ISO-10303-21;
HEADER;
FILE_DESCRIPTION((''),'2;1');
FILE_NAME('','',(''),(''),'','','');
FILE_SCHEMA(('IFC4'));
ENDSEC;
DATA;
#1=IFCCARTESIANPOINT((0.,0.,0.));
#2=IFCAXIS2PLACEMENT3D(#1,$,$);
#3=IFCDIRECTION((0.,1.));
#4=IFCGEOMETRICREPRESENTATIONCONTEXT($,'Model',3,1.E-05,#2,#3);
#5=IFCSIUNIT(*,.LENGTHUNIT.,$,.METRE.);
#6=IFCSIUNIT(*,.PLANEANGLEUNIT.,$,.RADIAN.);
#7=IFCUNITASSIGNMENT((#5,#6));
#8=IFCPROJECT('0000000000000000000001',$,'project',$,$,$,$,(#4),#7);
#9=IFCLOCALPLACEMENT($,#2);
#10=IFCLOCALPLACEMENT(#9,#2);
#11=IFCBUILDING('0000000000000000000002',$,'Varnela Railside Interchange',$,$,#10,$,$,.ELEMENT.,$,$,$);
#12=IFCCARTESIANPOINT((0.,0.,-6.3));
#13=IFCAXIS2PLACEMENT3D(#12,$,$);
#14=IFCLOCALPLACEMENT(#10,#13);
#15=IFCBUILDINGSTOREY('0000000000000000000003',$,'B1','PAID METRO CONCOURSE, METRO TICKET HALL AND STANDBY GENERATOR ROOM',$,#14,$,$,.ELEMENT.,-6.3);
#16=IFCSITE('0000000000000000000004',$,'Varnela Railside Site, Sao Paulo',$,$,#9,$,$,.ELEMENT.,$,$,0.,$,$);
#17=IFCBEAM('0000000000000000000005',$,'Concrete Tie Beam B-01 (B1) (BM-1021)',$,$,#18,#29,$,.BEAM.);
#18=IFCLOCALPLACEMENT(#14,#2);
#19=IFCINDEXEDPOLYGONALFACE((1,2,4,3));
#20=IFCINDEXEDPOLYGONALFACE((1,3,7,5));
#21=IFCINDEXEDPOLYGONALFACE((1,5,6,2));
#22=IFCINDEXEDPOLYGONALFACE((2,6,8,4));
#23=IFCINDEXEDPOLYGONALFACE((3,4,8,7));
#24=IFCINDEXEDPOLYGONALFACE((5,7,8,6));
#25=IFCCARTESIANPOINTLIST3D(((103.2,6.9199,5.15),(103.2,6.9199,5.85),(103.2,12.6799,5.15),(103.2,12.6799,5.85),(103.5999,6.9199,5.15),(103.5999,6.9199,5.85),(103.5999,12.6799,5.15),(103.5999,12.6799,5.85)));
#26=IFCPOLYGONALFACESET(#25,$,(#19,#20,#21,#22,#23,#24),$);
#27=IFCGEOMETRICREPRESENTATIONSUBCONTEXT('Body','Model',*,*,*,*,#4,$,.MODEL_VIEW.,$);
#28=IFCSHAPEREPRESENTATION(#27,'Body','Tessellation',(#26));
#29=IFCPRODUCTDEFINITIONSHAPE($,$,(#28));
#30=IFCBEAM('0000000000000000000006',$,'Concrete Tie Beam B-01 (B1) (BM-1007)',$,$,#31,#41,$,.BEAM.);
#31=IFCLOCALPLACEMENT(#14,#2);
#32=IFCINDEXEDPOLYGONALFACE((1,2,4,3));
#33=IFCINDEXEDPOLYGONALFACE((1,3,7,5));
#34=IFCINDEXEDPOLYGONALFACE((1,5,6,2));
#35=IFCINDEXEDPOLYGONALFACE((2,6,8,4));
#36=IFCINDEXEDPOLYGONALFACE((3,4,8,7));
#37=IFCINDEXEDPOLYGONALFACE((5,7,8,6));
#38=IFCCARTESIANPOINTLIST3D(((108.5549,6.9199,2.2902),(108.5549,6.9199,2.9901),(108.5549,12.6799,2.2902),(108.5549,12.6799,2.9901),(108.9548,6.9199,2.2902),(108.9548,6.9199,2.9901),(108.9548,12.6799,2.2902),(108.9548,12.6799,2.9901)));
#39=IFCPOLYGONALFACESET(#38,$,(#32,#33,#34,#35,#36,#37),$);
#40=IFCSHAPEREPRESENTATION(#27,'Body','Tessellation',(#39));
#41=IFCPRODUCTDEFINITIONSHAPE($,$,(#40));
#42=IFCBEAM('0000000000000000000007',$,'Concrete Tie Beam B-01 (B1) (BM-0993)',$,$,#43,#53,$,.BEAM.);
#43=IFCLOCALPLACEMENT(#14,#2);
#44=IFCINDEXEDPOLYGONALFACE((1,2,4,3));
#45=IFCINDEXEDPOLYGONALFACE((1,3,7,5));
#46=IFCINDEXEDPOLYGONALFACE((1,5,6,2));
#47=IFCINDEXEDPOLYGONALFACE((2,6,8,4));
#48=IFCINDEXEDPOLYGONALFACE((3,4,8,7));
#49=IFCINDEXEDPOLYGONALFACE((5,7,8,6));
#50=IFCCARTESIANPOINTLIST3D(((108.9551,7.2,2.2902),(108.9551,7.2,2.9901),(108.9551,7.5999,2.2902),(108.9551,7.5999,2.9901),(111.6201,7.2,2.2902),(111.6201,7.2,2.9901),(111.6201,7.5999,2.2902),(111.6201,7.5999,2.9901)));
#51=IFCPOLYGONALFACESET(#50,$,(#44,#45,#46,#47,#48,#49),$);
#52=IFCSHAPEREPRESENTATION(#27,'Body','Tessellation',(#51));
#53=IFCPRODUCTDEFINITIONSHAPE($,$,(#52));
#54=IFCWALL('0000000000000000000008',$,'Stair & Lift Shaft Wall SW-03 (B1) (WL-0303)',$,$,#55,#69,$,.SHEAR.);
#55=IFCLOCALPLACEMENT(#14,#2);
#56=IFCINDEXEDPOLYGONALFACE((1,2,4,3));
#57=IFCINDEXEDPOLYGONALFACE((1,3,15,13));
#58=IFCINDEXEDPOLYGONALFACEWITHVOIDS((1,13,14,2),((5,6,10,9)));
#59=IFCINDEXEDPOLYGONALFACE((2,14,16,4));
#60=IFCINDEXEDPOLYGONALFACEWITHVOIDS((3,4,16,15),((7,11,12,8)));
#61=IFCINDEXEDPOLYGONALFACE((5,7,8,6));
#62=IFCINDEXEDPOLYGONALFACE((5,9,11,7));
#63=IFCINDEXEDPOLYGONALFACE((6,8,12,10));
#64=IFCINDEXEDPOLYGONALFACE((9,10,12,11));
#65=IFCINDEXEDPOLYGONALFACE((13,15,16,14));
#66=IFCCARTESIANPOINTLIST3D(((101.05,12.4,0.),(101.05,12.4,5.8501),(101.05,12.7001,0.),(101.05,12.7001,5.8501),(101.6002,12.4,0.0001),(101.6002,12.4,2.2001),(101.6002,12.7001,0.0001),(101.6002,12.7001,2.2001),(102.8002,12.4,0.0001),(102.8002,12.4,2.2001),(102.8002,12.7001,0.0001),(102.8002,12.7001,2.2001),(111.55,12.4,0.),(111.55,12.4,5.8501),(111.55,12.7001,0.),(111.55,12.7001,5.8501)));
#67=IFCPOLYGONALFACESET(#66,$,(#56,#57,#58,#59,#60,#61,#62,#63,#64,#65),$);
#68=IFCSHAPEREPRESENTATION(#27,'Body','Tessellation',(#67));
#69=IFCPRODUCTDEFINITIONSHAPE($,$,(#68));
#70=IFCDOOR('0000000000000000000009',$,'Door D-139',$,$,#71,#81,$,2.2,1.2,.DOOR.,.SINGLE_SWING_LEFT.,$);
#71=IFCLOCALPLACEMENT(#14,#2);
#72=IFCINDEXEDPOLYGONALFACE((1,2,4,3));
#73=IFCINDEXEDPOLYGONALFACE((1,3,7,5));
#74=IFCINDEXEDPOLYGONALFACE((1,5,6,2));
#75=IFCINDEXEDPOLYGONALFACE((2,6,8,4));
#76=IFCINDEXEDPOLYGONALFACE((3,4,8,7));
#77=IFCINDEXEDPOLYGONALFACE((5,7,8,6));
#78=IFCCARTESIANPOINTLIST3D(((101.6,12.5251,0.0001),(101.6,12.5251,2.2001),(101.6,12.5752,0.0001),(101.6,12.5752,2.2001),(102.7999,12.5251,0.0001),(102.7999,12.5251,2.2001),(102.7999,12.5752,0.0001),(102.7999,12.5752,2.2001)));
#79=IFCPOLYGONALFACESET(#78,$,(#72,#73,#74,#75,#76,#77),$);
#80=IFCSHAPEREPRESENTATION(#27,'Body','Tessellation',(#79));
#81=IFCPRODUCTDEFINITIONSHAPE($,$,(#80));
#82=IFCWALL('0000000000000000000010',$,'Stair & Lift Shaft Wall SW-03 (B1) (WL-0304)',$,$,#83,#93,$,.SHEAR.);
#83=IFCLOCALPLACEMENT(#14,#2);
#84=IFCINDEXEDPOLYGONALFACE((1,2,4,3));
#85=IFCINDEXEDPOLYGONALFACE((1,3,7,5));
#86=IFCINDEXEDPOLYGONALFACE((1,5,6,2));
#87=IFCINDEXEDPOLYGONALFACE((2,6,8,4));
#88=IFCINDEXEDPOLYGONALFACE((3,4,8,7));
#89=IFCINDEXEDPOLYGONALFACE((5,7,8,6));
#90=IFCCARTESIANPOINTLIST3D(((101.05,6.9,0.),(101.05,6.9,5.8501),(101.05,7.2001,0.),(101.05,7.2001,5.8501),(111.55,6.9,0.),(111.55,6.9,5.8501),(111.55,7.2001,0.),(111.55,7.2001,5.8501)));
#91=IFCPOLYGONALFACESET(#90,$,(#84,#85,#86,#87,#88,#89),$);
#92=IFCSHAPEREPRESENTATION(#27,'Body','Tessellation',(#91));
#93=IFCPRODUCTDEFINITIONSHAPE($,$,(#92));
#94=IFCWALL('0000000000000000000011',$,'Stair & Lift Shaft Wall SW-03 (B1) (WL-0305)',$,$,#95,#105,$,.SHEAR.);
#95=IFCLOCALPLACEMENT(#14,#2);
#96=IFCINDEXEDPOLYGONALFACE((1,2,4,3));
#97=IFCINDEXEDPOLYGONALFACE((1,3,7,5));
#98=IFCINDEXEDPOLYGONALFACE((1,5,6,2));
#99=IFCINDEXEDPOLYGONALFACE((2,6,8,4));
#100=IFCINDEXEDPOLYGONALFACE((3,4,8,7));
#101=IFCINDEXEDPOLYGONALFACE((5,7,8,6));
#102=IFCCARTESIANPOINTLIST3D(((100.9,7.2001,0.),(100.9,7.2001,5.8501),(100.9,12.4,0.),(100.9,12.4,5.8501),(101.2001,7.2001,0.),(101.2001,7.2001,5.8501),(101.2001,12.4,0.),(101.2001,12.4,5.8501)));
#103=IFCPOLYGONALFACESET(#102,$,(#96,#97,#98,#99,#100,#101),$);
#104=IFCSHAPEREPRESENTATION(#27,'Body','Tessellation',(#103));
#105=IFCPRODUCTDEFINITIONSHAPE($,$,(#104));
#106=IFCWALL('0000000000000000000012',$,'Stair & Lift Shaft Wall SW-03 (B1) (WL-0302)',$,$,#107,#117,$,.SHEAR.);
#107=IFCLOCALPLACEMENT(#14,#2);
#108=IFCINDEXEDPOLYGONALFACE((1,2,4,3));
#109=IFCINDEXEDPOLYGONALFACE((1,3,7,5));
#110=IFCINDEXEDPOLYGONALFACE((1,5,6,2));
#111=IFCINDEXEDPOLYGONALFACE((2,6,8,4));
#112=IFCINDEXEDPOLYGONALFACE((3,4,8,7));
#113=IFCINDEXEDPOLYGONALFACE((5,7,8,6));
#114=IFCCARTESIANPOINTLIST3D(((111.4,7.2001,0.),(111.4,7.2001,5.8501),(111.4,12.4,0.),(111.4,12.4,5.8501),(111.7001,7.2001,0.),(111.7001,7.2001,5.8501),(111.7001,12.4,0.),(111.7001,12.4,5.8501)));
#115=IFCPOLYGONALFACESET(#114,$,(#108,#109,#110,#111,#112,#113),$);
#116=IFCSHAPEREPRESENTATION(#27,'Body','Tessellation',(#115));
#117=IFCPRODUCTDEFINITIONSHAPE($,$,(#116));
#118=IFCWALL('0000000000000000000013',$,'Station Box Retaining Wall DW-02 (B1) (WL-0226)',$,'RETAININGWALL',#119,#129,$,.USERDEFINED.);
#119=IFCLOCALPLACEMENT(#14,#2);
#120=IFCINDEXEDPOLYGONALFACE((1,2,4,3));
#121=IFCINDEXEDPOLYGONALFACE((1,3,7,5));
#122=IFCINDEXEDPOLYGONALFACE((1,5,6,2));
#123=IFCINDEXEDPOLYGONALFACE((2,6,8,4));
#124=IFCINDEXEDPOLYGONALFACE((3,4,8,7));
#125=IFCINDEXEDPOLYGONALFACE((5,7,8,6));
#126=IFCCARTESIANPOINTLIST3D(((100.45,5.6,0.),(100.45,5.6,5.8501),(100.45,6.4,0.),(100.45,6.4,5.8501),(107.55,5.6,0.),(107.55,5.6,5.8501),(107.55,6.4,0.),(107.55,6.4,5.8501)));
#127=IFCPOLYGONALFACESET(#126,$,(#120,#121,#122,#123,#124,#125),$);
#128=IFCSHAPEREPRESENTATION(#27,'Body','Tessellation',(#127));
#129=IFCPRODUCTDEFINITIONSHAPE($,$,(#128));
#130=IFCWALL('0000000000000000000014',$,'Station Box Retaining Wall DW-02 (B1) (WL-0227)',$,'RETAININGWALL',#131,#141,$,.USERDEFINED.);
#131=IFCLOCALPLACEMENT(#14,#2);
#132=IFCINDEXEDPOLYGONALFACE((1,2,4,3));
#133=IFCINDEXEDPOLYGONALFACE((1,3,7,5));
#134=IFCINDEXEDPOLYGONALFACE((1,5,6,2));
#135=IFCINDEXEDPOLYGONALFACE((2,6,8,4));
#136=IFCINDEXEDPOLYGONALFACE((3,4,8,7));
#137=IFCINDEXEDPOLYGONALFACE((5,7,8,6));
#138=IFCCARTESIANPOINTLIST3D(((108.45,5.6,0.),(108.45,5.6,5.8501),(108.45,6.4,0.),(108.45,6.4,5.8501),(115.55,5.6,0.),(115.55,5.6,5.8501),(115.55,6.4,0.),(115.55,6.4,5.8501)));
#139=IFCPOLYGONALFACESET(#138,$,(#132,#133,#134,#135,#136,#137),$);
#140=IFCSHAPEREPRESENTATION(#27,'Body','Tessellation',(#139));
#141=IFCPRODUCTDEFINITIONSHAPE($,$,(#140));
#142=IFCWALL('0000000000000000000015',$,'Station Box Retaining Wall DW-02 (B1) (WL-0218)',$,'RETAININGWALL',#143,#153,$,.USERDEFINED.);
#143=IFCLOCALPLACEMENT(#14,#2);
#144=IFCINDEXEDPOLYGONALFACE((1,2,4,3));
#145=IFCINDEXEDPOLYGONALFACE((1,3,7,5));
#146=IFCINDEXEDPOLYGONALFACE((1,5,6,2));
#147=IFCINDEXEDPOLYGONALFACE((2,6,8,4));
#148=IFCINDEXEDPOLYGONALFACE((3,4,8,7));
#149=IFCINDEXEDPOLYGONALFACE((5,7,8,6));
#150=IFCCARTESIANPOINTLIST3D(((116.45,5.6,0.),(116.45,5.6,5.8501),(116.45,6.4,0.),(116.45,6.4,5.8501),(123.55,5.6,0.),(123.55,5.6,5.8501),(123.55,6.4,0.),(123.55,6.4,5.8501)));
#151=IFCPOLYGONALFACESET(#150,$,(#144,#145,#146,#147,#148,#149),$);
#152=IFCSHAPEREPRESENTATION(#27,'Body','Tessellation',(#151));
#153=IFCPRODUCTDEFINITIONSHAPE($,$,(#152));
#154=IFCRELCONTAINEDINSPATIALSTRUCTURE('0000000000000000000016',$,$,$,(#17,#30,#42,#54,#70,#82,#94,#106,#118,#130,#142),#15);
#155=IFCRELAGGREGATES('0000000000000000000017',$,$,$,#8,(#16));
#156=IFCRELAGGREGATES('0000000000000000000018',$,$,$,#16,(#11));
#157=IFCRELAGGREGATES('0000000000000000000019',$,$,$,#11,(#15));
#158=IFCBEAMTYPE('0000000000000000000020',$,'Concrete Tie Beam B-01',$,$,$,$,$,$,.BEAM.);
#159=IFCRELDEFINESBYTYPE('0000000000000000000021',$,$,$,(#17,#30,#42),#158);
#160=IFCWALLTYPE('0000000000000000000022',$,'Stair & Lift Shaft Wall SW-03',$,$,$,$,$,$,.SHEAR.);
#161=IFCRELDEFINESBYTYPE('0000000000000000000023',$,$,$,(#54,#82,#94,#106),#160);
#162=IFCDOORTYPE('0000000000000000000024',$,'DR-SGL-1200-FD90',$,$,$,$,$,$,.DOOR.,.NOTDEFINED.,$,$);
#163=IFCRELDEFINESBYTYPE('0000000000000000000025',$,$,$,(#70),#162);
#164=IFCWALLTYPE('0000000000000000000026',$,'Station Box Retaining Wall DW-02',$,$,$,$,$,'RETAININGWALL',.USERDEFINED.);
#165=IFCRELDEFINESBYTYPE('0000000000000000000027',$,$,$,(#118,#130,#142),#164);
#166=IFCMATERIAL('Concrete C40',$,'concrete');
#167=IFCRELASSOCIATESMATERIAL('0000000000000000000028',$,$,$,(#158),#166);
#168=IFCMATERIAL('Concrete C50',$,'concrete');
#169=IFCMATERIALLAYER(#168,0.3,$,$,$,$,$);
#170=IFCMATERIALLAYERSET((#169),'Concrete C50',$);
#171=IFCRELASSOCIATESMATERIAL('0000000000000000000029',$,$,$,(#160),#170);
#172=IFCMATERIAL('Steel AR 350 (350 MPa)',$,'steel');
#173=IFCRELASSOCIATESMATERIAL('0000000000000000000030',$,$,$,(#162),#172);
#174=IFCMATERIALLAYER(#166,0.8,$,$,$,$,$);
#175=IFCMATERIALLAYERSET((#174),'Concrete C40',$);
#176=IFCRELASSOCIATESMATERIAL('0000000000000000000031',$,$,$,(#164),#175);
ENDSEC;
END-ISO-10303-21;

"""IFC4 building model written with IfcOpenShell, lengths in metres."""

from ifc_helpers import new_model, si_unit, direction, frame, frame_2d, origin, origin_2d, place, context, subcontext, project, spatial, rectangle, extrude, material, layer, layer_set, material_profile, profile_set, type_object, element, fill, save


model = new_model("IFC4")

# Units and contexts
model_context = context("Model", 3, precision=1e-05, world=origin(), true_north=direction((0.0, 1.0)))
body_context = subcontext(model_context, "Body", "Model", "MODEL_VIEW")
ifc_project = project(units=[si_unit("LENGTHUNIT", "METRE"), si_unit("PLANEANGLEUNIT", "RADIAN")], contexts=[model_context])

# Site, building, storey
site_placement = place(None, origin())
site = spatial("IfcSite", under=ifc_project, at=site_placement, Name="Varnela Railside Site, Sao Paulo", CompositionType="ELEMENT", RefElevation=0.0)
building_placement = place(site_placement, origin())
building = spatial("IfcBuilding", under=site, at=building_placement, Name="Varnela Railside Interchange", CompositionType="ELEMENT")
storey_placement = place(building_placement, frame((0.0, 0.0, -6.3)))
storey = spatial("IfcBuildingStorey", under=building, at=storey_placement, Name="B1", Description="PAID METRO CONCOURSE, METRO TICKET HALL AND STANDBY GENERATOR ROOM", CompositionType="ELEMENT", Elevation=-6.3)

# Shared definitions
ifc_material_1 = material(Name="Concrete C50", Category="concrete")

# Beams
ifc_material_2 = material(Name="Concrete C40", Category="concrete")
ifc_material_profile_1 = material_profile(ifc_material_2, rectangle(XDim=0.3999, YDim=0.7, at=origin_2d()), Name="RC 400x700")
ifc_profile_set_1 = profile_set([ifc_material_profile_1], Name="Concrete C40")
beam_type_1 = type_object("IfcBeamType", Name="Concrete Tie Beam B-01", PredefinedType="BEAM", material=ifc_profile_set_1)
for number, where, z_axis, x_axis, name in (
    (1, (103.3999, 6.9199, 5.5), (0.0, 1.0, 0.0), (-1.0, 0.0, 0.0), "Concrete Tie Beam B-01 (B1) (BM-1021)"),
    (2, (108.7549, 6.9199, 2.6401), (0.0, 1.0, 0.0), (-1.0, 0.0, 0.0), "Concrete Tie Beam B-01 (B1) (BM-1007)"),
):
    element("IfcBeam", number, at=place(storey_placement, frame(where, z_axis=z_axis, x_axis=x_axis)), inside=storey, type_object=beam_type_1, Name=name, PredefinedType="BEAM", context=body_context, shape_type="SweptSolid", body=[
        extrude(rectangle(XDim=0.3999, YDim=0.7, at=origin_2d()), origin(), (0.0, 0.0, 1.0), 5.76),
    ])
beam_1_placement = place(storey_placement, frame((108.9551, 7.3999, 2.6401), z_axis=(1.0, 0.0, 0.0), x_axis=(0.0, 1.0, 0.0)))
element("IfcBeam", 3, at=beam_1_placement, inside=storey, type_object=beam_type_1, Name="Concrete Tie Beam B-01 (B1) (BM-0993)", PredefinedType="BEAM", context=body_context, shape_type="SweptSolid", body=[
    extrude(rectangle(XDim=0.3999, YDim=0.7, at=origin_2d()), origin(), (0.0, 0.0, 1.0), 2.665),
])

# Wall, opening, door
ifc_layer_1 = layer(ifc_material_1, 0.3)
ifc_layer_set_1 = layer_set([ifc_layer_1], Name="Concrete C50")
wall_type_1 = type_object("IfcWallType", Name="Stair & Lift Shaft Wall SW-03", PredefinedType="SHEAR", material=ifc_layer_set_1)
wall_1_placement = place(storey_placement, frame((101.05, 12.55, 0.0), z_axis=(0.0, 0.0, 1.0), x_axis=(1.0, 0.0, 0.0)))
wall_1 = element("IfcWall", 4, at=wall_1_placement, inside=storey, type_object=wall_type_1, Name="Stair & Lift Shaft Wall SW-03 (B1) (WL-0303)", PredefinedType="SHEAR", context=body_context, shape_type="SweptSolid", body=[
    extrude(rectangle(XDim=10.5, YDim=0.3, at=frame_2d((5.25, 0.0))), origin(), (0.0, 0.0, 1.0), 5.8501),
])
opening_placement = place(wall_1_placement, frame((0.55, 0.0, 0.0)))
opening = element("IfcOpeningElement", 5, at=opening_placement, cuts=wall_1, PredefinedType="OPENING", context=body_context, shape_type="SweptSolid", body=[
    extrude(rectangle(XDim=1.2, YDim=2.2, at=frame_2d((0.6001, 1.1001))), frame((0.0, 0.1599, 0.0), z_axis=(0.0, -1.0, 0.0), x_axis=(1.0, 0.0, 0.0)), (0.0, 0.0, 1.0), 0.3201),
])
ifc_material_3 = material(Name="Steel AR 350 (350 MPa)", Category="steel")
door_type = type_object("IfcDoorType", Name="DR-SGL-1200-FD90", OperationType="NOTDEFINED", PredefinedType="DOOR", material=ifc_material_3)
door_placement = place(opening_placement, frame((1.2, 0.0, 0.0), z_axis=(0.0, 0.0, 1.0), x_axis=(-1.0, 0.0, 0.0)))
door = element("IfcDoor", 6, at=door_placement, inside=storey, type_object=door_type, Name="Door D-139", OperationType="SINGLE_SWING_LEFT", OverallHeight=2.2, OverallWidth=1.2, PredefinedType="DOOR", context=body_context, shape_type="SweptSolid", body=[
    extrude(rectangle(XDim=1.2, YDim=2.2, at=frame_2d((0.6001, 1.1001))), frame((0.0, 0.0249, 0.0), z_axis=(0.0, -1.0, 0.0), x_axis=(1.0, 0.0, 0.0)), (0.0, 0.0, 1.0), 0.05),
])
fill(opening, door)

# Walls
wall_2_placement = place(storey_placement, frame((101.05, 7.05, 0.0), z_axis=(0.0, 0.0, 1.0), x_axis=(1.0, 0.0, 0.0)))
element("IfcWall", 7, at=wall_2_placement, inside=storey, type_object=wall_type_1, Name="Stair & Lift Shaft Wall SW-03 (B1) (WL-0304)", PredefinedType="SHEAR", context=body_context, shape_type="SweptSolid", body=[
    extrude(rectangle(XDim=10.5, YDim=0.3, at=frame_2d((5.25, 0.0))), origin(), (0.0, 0.0, 1.0), 5.8501),
])
for number, where, z_axis, x_axis, name in (
    (8, (101.05, 7.2, 0.0), (0.0, 0.0, 1.0), (0.0, 1.0, 0.0), "Stair & Lift Shaft Wall SW-03 (B1) (WL-0305)"),
    (9, (111.55, 7.2, 0.0), (0.0, 0.0, 1.0), (0.0, 1.0, 0.0), "Stair & Lift Shaft Wall SW-03 (B1) (WL-0302)"),
):
    element("IfcWall", number, at=place(storey_placement, frame(where, z_axis=z_axis, x_axis=x_axis)), inside=storey, type_object=wall_type_1, Name=name, PredefinedType="SHEAR", context=body_context, shape_type="SweptSolid", body=[
        extrude(rectangle(XDim=5.2, YDim=0.3, at=frame_2d((2.6001, 0.0))), origin(), (0.0, 0.0, 1.0), 5.8501),
    ])
ifc_layer_2 = layer(ifc_material_2, 0.8)
ifc_layer_set_2 = layer_set([ifc_layer_2], Name="Concrete C40")
wall_type_2 = type_object("IfcWallType", Name="Station Box Retaining Wall DW-02", ElementType="RETAININGWALL", PredefinedType="USERDEFINED", material=ifc_layer_set_2)
for number, where, z_axis, x_axis, name in (
    (10, (100.45, 6.0, 0.0), (0.0, 0.0, 1.0), (1.0, 0.0, 0.0), "Station Box Retaining Wall DW-02 (B1) (WL-0226)"),
    (11, (108.45, 6.0, 0.0), (0.0, 0.0, 1.0), (1.0, 0.0, 0.0), "Station Box Retaining Wall DW-02 (B1) (WL-0227)"),
    (12, (116.45, 6.0, 0.0), (0.0, 0.0, 1.0), (1.0, 0.0, 0.0), "Station Box Retaining Wall DW-02 (B1) (WL-0218)"),
):
    element("IfcWall", number, at=place(storey_placement, frame(where, z_axis=z_axis, x_axis=x_axis)), inside=storey, type_object=wall_type_2, Name=name, ObjectType="RETAININGWALL", PredefinedType="USERDEFINED", context=body_context, shape_type="SweptSolid", body=[
        extrude(rectangle(XDim=7.1001, YDim=0.8, at=frame_2d((3.55, 0.0))), origin(), (0.0, 0.0, 1.0), 5.8501),
    ])

save(model, "model.ifc")
